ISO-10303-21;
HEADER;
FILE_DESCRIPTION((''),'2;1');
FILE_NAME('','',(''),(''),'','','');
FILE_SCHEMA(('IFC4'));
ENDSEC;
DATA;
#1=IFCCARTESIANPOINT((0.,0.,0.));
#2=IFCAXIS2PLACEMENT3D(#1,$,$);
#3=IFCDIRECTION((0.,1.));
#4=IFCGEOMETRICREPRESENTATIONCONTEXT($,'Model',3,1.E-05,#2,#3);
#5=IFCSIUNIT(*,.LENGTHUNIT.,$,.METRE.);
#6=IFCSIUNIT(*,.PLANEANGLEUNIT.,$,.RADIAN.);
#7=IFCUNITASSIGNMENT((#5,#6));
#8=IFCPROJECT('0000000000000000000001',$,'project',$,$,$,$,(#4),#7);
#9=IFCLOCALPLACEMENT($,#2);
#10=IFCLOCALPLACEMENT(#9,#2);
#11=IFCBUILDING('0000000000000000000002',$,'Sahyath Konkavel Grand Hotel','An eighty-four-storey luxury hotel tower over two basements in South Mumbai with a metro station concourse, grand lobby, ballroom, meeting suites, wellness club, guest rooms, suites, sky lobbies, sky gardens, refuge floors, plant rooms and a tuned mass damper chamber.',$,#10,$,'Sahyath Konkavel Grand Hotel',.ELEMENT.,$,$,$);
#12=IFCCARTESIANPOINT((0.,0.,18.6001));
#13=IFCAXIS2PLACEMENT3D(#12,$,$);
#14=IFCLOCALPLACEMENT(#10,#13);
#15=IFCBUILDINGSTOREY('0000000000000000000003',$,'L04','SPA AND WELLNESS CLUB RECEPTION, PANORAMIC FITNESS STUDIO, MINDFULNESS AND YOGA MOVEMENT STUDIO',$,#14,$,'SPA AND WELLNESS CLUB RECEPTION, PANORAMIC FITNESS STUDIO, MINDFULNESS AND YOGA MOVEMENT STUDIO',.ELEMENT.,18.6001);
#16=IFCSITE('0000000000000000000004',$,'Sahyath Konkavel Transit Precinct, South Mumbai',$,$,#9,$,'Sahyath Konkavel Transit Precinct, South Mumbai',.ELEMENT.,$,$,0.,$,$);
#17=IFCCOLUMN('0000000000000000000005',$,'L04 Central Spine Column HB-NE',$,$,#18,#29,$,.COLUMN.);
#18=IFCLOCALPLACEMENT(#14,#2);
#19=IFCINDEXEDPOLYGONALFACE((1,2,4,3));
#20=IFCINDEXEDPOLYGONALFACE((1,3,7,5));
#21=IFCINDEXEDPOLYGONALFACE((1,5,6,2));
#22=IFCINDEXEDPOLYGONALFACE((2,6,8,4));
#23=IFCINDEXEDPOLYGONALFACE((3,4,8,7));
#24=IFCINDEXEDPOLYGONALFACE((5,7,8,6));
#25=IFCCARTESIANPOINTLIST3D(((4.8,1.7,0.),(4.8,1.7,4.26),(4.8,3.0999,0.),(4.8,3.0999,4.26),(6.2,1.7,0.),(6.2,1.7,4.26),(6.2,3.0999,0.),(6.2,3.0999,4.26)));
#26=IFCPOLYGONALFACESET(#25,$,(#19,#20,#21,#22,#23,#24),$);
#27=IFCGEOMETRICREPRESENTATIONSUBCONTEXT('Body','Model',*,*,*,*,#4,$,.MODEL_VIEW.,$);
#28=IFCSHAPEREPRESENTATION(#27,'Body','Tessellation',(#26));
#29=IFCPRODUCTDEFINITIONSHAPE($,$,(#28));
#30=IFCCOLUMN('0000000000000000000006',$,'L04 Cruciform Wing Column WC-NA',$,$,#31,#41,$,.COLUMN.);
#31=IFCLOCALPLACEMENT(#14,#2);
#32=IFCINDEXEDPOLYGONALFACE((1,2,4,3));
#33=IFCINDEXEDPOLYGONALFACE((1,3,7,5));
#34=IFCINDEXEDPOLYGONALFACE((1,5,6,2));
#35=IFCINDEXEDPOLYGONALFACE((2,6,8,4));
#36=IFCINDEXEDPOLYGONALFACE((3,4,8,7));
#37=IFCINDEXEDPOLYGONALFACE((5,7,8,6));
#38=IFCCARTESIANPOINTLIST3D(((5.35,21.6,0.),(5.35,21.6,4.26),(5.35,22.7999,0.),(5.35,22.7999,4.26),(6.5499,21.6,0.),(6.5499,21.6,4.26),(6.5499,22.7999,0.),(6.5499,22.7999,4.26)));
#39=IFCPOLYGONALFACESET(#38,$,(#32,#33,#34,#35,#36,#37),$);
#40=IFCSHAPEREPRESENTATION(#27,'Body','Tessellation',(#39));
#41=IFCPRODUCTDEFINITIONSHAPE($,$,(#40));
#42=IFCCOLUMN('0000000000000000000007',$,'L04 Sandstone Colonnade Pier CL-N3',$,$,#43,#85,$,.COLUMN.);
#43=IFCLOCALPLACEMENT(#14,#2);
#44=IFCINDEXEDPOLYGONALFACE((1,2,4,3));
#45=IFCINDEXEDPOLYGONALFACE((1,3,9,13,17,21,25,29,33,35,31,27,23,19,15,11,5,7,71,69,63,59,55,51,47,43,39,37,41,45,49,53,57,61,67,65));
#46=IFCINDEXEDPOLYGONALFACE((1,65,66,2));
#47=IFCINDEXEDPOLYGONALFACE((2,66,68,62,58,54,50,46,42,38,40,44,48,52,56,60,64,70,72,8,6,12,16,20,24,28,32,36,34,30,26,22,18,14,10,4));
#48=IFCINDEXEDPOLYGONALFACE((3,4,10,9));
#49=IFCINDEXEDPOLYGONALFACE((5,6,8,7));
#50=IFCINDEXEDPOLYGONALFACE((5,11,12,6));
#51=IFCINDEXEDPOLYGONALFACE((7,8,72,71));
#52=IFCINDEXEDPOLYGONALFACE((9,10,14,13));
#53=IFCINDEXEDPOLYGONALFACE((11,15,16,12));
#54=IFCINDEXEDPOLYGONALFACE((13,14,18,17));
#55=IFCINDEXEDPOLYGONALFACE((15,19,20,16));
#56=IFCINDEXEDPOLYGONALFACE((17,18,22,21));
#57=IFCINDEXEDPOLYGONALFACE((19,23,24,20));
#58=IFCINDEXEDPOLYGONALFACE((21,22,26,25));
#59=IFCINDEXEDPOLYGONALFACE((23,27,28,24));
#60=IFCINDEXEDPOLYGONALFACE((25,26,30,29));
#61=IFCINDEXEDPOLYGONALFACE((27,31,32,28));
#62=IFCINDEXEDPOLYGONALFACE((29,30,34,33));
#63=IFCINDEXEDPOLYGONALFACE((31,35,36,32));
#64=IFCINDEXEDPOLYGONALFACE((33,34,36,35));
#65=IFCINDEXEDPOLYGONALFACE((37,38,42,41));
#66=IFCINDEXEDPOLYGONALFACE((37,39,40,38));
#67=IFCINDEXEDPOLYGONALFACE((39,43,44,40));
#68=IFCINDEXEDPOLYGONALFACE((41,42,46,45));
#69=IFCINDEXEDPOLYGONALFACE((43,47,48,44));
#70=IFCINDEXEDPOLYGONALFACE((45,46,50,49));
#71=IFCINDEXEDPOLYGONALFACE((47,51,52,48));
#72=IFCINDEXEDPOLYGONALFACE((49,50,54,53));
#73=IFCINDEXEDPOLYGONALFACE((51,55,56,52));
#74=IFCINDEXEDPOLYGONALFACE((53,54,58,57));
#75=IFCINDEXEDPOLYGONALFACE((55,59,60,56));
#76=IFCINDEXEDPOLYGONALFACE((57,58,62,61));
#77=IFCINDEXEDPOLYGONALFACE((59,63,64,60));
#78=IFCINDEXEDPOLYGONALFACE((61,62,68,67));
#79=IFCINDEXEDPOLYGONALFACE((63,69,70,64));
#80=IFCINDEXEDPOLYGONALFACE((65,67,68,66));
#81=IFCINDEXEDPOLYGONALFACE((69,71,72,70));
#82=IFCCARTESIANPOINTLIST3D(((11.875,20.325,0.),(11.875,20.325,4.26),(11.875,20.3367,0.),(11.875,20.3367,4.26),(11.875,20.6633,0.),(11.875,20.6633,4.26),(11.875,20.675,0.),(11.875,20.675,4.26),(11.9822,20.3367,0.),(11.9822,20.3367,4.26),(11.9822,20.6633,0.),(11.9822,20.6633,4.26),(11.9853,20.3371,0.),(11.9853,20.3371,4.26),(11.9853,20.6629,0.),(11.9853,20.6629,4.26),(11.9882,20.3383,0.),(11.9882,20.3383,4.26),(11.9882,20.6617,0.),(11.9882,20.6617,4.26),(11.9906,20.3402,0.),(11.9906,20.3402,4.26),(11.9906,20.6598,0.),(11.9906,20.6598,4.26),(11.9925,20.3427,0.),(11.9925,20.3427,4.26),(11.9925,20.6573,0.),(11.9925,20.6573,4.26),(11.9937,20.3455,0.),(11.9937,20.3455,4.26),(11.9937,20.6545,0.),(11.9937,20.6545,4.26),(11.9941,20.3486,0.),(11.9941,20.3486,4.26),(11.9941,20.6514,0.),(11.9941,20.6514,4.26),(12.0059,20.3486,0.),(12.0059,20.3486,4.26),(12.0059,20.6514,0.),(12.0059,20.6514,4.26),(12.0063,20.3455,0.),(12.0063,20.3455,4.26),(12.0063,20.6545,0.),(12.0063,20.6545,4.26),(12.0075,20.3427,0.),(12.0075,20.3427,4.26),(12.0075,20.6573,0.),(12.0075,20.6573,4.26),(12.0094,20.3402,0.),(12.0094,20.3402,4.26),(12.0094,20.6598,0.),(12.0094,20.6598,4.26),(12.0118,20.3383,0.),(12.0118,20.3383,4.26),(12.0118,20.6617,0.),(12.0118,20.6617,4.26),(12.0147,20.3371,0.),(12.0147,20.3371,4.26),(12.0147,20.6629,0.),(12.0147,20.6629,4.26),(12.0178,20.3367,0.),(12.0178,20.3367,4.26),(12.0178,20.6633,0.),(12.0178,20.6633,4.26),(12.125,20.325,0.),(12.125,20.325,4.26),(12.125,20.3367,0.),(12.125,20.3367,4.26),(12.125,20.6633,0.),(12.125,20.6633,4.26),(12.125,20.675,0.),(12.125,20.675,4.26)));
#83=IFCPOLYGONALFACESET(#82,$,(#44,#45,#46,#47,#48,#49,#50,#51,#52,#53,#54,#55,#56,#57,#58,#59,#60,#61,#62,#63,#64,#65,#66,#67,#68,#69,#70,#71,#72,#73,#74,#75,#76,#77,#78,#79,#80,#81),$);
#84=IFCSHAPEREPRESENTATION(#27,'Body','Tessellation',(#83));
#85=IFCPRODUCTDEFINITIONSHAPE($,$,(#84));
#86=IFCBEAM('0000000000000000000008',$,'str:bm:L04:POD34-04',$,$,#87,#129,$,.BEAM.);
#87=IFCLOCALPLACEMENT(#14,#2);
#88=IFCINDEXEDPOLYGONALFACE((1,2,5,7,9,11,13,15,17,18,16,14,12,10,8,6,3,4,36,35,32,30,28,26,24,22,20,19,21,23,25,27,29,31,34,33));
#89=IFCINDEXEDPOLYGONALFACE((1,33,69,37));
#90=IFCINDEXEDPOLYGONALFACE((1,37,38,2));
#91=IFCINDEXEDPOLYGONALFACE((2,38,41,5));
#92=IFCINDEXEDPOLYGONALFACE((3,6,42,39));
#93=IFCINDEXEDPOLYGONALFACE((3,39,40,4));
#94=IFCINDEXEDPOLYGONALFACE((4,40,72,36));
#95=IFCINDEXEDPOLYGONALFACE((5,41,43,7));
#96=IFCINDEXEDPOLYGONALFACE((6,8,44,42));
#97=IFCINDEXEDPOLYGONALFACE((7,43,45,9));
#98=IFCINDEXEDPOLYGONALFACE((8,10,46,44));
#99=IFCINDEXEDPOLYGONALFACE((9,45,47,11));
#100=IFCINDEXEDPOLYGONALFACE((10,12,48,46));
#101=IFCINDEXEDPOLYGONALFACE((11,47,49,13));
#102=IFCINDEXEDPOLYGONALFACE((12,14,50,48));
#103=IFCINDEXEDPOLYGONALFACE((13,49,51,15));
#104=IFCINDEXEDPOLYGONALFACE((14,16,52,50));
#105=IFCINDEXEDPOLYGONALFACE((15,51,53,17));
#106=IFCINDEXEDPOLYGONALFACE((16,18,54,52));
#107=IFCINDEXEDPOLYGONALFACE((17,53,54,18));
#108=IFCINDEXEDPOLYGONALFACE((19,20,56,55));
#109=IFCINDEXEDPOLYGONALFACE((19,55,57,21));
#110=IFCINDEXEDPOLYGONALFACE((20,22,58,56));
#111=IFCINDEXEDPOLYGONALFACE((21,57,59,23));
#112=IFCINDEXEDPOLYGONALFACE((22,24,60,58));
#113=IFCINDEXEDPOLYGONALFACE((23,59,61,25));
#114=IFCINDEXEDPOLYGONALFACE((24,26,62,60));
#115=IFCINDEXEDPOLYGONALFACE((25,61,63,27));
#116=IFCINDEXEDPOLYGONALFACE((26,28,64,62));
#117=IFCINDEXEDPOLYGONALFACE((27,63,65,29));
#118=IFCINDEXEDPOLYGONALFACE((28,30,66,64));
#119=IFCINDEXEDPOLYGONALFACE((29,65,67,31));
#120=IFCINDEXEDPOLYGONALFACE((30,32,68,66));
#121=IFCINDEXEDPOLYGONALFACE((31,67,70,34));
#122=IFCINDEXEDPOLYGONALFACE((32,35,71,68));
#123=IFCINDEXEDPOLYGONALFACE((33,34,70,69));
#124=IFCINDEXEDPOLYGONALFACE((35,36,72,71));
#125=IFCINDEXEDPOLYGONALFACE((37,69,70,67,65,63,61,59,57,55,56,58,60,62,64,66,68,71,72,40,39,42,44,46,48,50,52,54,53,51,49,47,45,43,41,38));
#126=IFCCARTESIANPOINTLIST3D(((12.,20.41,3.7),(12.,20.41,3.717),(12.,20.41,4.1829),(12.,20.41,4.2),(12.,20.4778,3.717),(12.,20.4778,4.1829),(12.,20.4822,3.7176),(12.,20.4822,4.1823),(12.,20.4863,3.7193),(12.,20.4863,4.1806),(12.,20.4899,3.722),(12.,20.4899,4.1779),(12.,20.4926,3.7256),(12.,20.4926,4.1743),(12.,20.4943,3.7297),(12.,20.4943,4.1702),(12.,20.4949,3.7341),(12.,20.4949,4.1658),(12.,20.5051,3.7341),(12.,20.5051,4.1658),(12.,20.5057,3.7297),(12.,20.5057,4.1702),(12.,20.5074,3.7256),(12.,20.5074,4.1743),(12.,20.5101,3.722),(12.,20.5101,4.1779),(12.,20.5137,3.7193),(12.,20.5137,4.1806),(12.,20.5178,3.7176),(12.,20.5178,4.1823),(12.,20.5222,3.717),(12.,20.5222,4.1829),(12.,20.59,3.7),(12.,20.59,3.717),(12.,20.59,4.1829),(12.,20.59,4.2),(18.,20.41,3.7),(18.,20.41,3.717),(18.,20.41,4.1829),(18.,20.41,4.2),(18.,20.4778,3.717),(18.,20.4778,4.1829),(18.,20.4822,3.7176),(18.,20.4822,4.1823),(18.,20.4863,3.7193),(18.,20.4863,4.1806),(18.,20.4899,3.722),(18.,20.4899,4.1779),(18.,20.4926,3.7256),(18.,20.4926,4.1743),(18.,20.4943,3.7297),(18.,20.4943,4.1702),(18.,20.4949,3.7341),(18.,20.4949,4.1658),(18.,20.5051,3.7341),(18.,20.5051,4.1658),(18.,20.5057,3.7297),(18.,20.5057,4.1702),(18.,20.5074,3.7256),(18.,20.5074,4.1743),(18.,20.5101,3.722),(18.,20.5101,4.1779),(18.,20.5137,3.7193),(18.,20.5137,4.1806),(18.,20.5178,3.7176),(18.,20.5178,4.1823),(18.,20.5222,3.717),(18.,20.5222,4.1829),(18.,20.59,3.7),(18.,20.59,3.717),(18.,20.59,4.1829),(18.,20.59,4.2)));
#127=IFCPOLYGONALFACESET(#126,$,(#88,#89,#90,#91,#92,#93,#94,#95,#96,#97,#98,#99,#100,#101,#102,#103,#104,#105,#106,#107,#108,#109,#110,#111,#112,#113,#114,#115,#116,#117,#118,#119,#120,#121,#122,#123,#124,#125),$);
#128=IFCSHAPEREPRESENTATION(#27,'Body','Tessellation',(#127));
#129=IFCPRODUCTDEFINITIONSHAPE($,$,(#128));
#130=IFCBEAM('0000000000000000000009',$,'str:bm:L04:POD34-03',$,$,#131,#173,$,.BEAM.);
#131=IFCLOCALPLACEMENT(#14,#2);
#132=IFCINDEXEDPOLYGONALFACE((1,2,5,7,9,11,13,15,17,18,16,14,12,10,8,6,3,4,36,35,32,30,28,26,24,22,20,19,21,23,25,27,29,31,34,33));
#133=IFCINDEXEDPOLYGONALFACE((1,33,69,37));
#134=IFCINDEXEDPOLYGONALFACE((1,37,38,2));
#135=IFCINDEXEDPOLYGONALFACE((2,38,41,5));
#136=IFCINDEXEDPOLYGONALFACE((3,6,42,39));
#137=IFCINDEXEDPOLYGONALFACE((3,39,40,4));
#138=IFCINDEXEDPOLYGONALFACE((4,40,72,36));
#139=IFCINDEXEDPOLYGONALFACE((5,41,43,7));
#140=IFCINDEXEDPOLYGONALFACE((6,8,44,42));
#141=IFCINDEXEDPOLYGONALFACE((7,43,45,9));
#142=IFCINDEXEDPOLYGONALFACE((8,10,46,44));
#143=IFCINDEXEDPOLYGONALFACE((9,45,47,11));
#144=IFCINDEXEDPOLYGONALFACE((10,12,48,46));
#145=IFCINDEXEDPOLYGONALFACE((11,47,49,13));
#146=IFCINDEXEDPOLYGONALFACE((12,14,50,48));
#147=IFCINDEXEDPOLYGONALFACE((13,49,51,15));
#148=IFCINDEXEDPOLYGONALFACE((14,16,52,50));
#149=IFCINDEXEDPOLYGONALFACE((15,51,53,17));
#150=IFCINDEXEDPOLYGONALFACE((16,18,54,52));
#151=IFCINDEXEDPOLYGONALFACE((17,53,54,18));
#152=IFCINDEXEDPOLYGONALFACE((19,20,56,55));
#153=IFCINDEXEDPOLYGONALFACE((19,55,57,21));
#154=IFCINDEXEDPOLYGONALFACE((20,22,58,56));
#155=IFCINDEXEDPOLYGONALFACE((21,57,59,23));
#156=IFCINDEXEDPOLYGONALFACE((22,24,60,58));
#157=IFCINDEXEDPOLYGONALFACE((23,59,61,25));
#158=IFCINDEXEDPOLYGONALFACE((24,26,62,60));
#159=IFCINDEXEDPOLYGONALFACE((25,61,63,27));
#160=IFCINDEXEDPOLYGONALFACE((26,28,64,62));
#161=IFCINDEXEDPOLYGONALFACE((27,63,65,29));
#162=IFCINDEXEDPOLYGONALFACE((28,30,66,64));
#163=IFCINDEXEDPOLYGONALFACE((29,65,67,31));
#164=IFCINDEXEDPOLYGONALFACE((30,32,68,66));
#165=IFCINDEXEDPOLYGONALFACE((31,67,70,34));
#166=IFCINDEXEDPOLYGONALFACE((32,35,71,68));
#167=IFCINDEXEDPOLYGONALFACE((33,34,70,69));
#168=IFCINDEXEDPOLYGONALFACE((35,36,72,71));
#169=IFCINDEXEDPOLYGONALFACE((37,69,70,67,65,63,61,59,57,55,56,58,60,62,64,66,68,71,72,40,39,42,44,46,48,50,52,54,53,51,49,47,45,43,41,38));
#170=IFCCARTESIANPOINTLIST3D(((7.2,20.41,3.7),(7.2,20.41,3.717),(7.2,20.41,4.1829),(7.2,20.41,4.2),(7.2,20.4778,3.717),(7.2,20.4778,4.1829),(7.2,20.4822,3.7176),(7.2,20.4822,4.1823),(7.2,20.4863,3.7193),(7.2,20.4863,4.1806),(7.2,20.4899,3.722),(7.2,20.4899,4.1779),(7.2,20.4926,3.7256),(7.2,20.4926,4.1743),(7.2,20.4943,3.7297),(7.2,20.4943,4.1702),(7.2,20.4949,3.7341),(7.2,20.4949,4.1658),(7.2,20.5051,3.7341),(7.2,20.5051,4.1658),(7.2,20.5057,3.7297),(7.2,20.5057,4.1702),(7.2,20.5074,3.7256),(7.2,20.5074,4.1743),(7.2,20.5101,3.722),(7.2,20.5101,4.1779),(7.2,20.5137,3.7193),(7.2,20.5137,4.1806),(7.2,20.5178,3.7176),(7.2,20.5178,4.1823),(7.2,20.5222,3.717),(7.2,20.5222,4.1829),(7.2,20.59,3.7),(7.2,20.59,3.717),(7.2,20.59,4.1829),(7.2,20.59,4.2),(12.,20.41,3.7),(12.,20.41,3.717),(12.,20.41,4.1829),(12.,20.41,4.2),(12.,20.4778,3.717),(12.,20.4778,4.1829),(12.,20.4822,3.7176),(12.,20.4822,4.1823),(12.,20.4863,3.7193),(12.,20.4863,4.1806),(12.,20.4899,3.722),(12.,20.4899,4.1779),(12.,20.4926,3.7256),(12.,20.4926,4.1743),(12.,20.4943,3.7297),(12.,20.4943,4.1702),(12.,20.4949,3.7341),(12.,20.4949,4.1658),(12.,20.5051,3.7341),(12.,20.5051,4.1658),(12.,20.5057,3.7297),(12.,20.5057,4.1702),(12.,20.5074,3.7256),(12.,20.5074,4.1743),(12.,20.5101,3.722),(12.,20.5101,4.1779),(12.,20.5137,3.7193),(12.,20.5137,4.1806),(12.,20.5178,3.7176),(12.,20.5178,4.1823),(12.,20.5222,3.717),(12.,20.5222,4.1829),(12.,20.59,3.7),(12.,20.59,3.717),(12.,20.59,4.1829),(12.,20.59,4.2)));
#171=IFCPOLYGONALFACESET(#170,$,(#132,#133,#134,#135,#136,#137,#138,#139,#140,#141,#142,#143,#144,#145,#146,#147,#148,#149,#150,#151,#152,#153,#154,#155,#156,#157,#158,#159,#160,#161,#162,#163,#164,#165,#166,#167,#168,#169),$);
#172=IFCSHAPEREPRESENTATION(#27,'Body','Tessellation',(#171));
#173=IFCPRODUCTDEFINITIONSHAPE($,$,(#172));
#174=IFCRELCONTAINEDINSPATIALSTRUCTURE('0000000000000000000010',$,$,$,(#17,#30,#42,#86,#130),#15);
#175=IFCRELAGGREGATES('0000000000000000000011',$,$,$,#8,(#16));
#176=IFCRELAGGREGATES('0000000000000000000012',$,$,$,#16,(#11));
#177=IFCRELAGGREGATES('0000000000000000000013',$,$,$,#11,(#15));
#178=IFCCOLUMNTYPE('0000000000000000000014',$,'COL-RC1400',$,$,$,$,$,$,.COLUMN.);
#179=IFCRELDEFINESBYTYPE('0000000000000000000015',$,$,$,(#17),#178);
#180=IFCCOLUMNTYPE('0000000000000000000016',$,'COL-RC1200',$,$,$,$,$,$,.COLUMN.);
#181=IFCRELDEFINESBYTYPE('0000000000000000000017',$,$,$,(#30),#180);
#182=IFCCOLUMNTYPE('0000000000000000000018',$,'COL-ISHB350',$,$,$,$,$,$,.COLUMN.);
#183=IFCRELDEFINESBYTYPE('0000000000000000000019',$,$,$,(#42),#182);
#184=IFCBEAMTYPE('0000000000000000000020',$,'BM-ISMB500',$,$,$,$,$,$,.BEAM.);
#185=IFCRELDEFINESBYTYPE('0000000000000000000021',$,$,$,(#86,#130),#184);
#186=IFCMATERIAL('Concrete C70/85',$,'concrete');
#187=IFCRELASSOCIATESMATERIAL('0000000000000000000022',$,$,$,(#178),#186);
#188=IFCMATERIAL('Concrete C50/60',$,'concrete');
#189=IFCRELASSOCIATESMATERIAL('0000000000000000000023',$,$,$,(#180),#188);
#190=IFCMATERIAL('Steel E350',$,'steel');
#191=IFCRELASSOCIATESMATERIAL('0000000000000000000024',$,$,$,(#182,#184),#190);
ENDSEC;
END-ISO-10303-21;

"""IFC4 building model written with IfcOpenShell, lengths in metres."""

from ifc_helpers import new_model, si_unit, direction, frame, origin, origin_2d, place, context, subcontext, project, spatial, rectangle, i_section, extrude, source, transform, mapped, material, material_profile, profile_set, type_object, element, save


model = new_model("IFC4")

# Units and contexts
model_context = context("Model", 3, precision=1e-05, world=origin(), true_north=direction((0.0, 1.0)))
body_context = subcontext(model_context, "Body", "Model", "MODEL_VIEW")
ifc_project = project(units=[si_unit("LENGTHUNIT", "METRE"), si_unit("PLANEANGLEUNIT", "RADIAN")], contexts=[model_context])

# Site, building, storey
site_placement = place(None, origin())
site = spatial("IfcSite", under=ifc_project, at=site_placement, Name="Sahyath Konkavel Transit Precinct, South Mumbai", LongName="Sahyath Konkavel Transit Precinct, South Mumbai", CompositionType="ELEMENT", RefElevation=0.0)
building_placement = place(site_placement, origin())
building = spatial("IfcBuilding", under=site, at=building_placement, Name="Sahyath Konkavel Grand Hotel", Description="An eighty-four-storey luxury hotel tower over two basements in South Mumbai with a metro station concourse, grand lobby, ballroom, meeting suites, wellness club, guest rooms, suites, sky lobbies, sky gardens, refuge floors, plant rooms and a tuned mass damper chamber.", LongName="Sahyath Konkavel Grand Hotel", CompositionType="ELEMENT")
storey_placement = place(building_placement, frame((0.0, 0.0, 18.6001)))
storey = spatial("IfcBuildingStorey", under=building, at=storey_placement, Name="L04", Description="SPA AND WELLNESS CLUB RECEPTION, PANORAMIC FITNESS STUDIO, MINDFULNESS AND YOGA MOVEMENT STUDIO", LongName="SPA AND WELLNESS CLUB RECEPTION, PANORAMIC FITNESS STUDIO, MINDFULNESS AND YOGA MOVEMENT STUDIO", CompositionType="ELEMENT", Elevation=18.6001)

# Columns
ifc_material_1 = material(Name="Concrete C70/85", Category="concrete")
ifc_material_profile_1 = material_profile(ifc_material_1, rectangle(XDim=1.3999, YDim=1.3999, at=origin_2d()), Name="RC 1400x1400")
ifc_profile_set_1 = profile_set([ifc_material_profile_1], Name="Concrete C70/85")
column_type_1 = type_object("IfcColumnType", Name="COL-RC1400", PredefinedType="COLUMN", material=ifc_profile_set_1)
shared_shape_1 = source(origin(), body_context, "Body", "SweptSolid", [
    extrude(rectangle(XDim=1.3999, YDim=1.3999, at=origin_2d()), origin(), (0.0, 0.0, 1.0), 4.26),
])
column_1_placement = place(storey_placement, frame((5.5, 2.3999, 0.0), z_axis=(0.0, 0.0, 1.0), x_axis=(1.0, 0.0, 0.0)))
element("IfcColumn", 1, at=column_1_placement, inside=storey, type_object=column_type_1, Name="L04 Central Spine Column HB-NE", PredefinedType="COLUMN", context=body_context, shape_type="MappedRepresentation", body=[
    mapped(shared_shape_1, transform((0.0, 0.0, 0.0), scale=1.0)),
])
ifc_material_2 = material(Name="Concrete C50/60", Category="concrete")
ifc_material_profile_2 = material_profile(ifc_material_2, rectangle(XDim=1.2, YDim=1.2, at=origin_2d()), Name="RC 1200x1200")
ifc_profile_set_2 = profile_set([ifc_material_profile_2], Name="Concrete C50/60")
column_type_2 = type_object("IfcColumnType", Name="COL-RC1200", PredefinedType="COLUMN", material=ifc_profile_set_2)
shared_shape_2 = source(origin(), body_context, "Body", "SweptSolid", [
    extrude(rectangle(XDim=1.2, YDim=1.2, at=origin_2d()), origin(), (0.0, 0.0, 1.0), 4.26),
])
column_2_placement = place(storey_placement, frame((5.95, 22.2, 0.0), z_axis=(0.0, 0.0, 1.0), x_axis=(1.0, 0.0, 0.0)))
element("IfcColumn", 2, at=column_2_placement, inside=storey, type_object=column_type_2, Name="L04 Cruciform Wing Column WC-NA", PredefinedType="COLUMN", context=body_context, shape_type="MappedRepresentation", body=[
    mapped(shared_shape_2, transform((0.0, 0.0, 0.0), scale=1.0)),
])
ifc_material_3 = material(Name="Steel E350", Category="steel")
ifc_material_profile_3 = material_profile(ifc_material_3, i_section(OverallWidth=0.25, OverallDepth=0.3501, WebThickness=0.0117, FlangeThickness=0.0117, FilletRadius=0.012, at=origin_2d()), Name="ISHB 350")
ifc_profile_set_3 = profile_set([ifc_material_profile_3], Name="Steel E350")
column_type_3 = type_object("IfcColumnType", Name="COL-ISHB350", PredefinedType="COLUMN", material=ifc_profile_set_3)
shared_shape_3 = source(origin(), body_context, "Body", "SweptSolid", [
    extrude(i_section(OverallWidth=0.25, OverallDepth=0.3501, WebThickness=0.0117, FlangeThickness=0.0117, FilletRadius=0.012, at=origin_2d()), origin(), (0.0, 0.0, 1.0), 4.26),
])
column_3_placement = place(storey_placement, frame((12.0, 20.5, 0.0), z_axis=(0.0, 0.0, 1.0), x_axis=(1.0, 0.0, 0.0)))
element("IfcColumn", 3, at=column_3_placement, inside=storey, type_object=column_type_3, Name="L04 Sandstone Colonnade Pier CL-N3", PredefinedType="COLUMN", context=body_context, shape_type="MappedRepresentation", body=[
    mapped(shared_shape_3, transform((0.0, 0.0, 0.0), scale=1.0)),
])

# Beams
ifc_material_profile_4 = material_profile(ifc_material_3, i_section(OverallWidth=0.1799, OverallDepth=0.5, WebThickness=0.0103, FlangeThickness=0.0171, FilletRadius=0.0171, at=origin_2d()), Name="ISMB 500")
ifc_profile_set_4 = profile_set([ifc_material_profile_4], Name="Steel E350")
beam_type_1 = type_object("IfcBeamType", Name="BM-ISMB500", PredefinedType="BEAM", material=ifc_profile_set_4)
shared_shape_4 = source(origin(), body_context, "Body", "SweptSolid", [
    extrude(i_section(OverallWidth=0.1799, OverallDepth=0.5, WebThickness=0.0103, FlangeThickness=0.0171, FilletRadius=0.0171, at=origin_2d()), origin(), (0.0, 0.0, 1.0), 6.0),
])
beam_1_placement = place(storey_placement, frame((12.0, 20.5, 3.95), z_axis=(1.0, 0.0, 0.0), x_axis=(0.0, 1.0, 0.0)))
element("IfcBeam", 4, at=beam_1_placement, inside=storey, type_object=beam_type_1, Name="str:bm:L04:POD34-04", PredefinedType="BEAM", context=body_context, shape_type="MappedRepresentation", body=[
    mapped(shared_shape_4, transform((0.0, 0.0, 0.0), scale=1.0)),
])
shared_shape_5 = source(origin(), body_context, "Body", "SweptSolid", [
    extrude(i_section(OverallWidth=0.1799, OverallDepth=0.5, WebThickness=0.0103, FlangeThickness=0.0171, FilletRadius=0.0171, at=origin_2d()), origin(), (0.0, 0.0, 1.0), 4.8),
])
beam_2_placement = place(storey_placement, frame((7.2, 20.5, 3.95), z_axis=(1.0, 0.0, 0.0), x_axis=(0.0, 1.0, 0.0)))
element("IfcBeam", 5, at=beam_2_placement, inside=storey, type_object=beam_type_1, Name="str:bm:L04:POD34-03", PredefinedType="BEAM", context=body_context, shape_type="MappedRepresentation", body=[
    mapped(shared_shape_5, transform((0.0, 0.0, 0.0), scale=1.0)),
])

save(model, "model.ifc")
